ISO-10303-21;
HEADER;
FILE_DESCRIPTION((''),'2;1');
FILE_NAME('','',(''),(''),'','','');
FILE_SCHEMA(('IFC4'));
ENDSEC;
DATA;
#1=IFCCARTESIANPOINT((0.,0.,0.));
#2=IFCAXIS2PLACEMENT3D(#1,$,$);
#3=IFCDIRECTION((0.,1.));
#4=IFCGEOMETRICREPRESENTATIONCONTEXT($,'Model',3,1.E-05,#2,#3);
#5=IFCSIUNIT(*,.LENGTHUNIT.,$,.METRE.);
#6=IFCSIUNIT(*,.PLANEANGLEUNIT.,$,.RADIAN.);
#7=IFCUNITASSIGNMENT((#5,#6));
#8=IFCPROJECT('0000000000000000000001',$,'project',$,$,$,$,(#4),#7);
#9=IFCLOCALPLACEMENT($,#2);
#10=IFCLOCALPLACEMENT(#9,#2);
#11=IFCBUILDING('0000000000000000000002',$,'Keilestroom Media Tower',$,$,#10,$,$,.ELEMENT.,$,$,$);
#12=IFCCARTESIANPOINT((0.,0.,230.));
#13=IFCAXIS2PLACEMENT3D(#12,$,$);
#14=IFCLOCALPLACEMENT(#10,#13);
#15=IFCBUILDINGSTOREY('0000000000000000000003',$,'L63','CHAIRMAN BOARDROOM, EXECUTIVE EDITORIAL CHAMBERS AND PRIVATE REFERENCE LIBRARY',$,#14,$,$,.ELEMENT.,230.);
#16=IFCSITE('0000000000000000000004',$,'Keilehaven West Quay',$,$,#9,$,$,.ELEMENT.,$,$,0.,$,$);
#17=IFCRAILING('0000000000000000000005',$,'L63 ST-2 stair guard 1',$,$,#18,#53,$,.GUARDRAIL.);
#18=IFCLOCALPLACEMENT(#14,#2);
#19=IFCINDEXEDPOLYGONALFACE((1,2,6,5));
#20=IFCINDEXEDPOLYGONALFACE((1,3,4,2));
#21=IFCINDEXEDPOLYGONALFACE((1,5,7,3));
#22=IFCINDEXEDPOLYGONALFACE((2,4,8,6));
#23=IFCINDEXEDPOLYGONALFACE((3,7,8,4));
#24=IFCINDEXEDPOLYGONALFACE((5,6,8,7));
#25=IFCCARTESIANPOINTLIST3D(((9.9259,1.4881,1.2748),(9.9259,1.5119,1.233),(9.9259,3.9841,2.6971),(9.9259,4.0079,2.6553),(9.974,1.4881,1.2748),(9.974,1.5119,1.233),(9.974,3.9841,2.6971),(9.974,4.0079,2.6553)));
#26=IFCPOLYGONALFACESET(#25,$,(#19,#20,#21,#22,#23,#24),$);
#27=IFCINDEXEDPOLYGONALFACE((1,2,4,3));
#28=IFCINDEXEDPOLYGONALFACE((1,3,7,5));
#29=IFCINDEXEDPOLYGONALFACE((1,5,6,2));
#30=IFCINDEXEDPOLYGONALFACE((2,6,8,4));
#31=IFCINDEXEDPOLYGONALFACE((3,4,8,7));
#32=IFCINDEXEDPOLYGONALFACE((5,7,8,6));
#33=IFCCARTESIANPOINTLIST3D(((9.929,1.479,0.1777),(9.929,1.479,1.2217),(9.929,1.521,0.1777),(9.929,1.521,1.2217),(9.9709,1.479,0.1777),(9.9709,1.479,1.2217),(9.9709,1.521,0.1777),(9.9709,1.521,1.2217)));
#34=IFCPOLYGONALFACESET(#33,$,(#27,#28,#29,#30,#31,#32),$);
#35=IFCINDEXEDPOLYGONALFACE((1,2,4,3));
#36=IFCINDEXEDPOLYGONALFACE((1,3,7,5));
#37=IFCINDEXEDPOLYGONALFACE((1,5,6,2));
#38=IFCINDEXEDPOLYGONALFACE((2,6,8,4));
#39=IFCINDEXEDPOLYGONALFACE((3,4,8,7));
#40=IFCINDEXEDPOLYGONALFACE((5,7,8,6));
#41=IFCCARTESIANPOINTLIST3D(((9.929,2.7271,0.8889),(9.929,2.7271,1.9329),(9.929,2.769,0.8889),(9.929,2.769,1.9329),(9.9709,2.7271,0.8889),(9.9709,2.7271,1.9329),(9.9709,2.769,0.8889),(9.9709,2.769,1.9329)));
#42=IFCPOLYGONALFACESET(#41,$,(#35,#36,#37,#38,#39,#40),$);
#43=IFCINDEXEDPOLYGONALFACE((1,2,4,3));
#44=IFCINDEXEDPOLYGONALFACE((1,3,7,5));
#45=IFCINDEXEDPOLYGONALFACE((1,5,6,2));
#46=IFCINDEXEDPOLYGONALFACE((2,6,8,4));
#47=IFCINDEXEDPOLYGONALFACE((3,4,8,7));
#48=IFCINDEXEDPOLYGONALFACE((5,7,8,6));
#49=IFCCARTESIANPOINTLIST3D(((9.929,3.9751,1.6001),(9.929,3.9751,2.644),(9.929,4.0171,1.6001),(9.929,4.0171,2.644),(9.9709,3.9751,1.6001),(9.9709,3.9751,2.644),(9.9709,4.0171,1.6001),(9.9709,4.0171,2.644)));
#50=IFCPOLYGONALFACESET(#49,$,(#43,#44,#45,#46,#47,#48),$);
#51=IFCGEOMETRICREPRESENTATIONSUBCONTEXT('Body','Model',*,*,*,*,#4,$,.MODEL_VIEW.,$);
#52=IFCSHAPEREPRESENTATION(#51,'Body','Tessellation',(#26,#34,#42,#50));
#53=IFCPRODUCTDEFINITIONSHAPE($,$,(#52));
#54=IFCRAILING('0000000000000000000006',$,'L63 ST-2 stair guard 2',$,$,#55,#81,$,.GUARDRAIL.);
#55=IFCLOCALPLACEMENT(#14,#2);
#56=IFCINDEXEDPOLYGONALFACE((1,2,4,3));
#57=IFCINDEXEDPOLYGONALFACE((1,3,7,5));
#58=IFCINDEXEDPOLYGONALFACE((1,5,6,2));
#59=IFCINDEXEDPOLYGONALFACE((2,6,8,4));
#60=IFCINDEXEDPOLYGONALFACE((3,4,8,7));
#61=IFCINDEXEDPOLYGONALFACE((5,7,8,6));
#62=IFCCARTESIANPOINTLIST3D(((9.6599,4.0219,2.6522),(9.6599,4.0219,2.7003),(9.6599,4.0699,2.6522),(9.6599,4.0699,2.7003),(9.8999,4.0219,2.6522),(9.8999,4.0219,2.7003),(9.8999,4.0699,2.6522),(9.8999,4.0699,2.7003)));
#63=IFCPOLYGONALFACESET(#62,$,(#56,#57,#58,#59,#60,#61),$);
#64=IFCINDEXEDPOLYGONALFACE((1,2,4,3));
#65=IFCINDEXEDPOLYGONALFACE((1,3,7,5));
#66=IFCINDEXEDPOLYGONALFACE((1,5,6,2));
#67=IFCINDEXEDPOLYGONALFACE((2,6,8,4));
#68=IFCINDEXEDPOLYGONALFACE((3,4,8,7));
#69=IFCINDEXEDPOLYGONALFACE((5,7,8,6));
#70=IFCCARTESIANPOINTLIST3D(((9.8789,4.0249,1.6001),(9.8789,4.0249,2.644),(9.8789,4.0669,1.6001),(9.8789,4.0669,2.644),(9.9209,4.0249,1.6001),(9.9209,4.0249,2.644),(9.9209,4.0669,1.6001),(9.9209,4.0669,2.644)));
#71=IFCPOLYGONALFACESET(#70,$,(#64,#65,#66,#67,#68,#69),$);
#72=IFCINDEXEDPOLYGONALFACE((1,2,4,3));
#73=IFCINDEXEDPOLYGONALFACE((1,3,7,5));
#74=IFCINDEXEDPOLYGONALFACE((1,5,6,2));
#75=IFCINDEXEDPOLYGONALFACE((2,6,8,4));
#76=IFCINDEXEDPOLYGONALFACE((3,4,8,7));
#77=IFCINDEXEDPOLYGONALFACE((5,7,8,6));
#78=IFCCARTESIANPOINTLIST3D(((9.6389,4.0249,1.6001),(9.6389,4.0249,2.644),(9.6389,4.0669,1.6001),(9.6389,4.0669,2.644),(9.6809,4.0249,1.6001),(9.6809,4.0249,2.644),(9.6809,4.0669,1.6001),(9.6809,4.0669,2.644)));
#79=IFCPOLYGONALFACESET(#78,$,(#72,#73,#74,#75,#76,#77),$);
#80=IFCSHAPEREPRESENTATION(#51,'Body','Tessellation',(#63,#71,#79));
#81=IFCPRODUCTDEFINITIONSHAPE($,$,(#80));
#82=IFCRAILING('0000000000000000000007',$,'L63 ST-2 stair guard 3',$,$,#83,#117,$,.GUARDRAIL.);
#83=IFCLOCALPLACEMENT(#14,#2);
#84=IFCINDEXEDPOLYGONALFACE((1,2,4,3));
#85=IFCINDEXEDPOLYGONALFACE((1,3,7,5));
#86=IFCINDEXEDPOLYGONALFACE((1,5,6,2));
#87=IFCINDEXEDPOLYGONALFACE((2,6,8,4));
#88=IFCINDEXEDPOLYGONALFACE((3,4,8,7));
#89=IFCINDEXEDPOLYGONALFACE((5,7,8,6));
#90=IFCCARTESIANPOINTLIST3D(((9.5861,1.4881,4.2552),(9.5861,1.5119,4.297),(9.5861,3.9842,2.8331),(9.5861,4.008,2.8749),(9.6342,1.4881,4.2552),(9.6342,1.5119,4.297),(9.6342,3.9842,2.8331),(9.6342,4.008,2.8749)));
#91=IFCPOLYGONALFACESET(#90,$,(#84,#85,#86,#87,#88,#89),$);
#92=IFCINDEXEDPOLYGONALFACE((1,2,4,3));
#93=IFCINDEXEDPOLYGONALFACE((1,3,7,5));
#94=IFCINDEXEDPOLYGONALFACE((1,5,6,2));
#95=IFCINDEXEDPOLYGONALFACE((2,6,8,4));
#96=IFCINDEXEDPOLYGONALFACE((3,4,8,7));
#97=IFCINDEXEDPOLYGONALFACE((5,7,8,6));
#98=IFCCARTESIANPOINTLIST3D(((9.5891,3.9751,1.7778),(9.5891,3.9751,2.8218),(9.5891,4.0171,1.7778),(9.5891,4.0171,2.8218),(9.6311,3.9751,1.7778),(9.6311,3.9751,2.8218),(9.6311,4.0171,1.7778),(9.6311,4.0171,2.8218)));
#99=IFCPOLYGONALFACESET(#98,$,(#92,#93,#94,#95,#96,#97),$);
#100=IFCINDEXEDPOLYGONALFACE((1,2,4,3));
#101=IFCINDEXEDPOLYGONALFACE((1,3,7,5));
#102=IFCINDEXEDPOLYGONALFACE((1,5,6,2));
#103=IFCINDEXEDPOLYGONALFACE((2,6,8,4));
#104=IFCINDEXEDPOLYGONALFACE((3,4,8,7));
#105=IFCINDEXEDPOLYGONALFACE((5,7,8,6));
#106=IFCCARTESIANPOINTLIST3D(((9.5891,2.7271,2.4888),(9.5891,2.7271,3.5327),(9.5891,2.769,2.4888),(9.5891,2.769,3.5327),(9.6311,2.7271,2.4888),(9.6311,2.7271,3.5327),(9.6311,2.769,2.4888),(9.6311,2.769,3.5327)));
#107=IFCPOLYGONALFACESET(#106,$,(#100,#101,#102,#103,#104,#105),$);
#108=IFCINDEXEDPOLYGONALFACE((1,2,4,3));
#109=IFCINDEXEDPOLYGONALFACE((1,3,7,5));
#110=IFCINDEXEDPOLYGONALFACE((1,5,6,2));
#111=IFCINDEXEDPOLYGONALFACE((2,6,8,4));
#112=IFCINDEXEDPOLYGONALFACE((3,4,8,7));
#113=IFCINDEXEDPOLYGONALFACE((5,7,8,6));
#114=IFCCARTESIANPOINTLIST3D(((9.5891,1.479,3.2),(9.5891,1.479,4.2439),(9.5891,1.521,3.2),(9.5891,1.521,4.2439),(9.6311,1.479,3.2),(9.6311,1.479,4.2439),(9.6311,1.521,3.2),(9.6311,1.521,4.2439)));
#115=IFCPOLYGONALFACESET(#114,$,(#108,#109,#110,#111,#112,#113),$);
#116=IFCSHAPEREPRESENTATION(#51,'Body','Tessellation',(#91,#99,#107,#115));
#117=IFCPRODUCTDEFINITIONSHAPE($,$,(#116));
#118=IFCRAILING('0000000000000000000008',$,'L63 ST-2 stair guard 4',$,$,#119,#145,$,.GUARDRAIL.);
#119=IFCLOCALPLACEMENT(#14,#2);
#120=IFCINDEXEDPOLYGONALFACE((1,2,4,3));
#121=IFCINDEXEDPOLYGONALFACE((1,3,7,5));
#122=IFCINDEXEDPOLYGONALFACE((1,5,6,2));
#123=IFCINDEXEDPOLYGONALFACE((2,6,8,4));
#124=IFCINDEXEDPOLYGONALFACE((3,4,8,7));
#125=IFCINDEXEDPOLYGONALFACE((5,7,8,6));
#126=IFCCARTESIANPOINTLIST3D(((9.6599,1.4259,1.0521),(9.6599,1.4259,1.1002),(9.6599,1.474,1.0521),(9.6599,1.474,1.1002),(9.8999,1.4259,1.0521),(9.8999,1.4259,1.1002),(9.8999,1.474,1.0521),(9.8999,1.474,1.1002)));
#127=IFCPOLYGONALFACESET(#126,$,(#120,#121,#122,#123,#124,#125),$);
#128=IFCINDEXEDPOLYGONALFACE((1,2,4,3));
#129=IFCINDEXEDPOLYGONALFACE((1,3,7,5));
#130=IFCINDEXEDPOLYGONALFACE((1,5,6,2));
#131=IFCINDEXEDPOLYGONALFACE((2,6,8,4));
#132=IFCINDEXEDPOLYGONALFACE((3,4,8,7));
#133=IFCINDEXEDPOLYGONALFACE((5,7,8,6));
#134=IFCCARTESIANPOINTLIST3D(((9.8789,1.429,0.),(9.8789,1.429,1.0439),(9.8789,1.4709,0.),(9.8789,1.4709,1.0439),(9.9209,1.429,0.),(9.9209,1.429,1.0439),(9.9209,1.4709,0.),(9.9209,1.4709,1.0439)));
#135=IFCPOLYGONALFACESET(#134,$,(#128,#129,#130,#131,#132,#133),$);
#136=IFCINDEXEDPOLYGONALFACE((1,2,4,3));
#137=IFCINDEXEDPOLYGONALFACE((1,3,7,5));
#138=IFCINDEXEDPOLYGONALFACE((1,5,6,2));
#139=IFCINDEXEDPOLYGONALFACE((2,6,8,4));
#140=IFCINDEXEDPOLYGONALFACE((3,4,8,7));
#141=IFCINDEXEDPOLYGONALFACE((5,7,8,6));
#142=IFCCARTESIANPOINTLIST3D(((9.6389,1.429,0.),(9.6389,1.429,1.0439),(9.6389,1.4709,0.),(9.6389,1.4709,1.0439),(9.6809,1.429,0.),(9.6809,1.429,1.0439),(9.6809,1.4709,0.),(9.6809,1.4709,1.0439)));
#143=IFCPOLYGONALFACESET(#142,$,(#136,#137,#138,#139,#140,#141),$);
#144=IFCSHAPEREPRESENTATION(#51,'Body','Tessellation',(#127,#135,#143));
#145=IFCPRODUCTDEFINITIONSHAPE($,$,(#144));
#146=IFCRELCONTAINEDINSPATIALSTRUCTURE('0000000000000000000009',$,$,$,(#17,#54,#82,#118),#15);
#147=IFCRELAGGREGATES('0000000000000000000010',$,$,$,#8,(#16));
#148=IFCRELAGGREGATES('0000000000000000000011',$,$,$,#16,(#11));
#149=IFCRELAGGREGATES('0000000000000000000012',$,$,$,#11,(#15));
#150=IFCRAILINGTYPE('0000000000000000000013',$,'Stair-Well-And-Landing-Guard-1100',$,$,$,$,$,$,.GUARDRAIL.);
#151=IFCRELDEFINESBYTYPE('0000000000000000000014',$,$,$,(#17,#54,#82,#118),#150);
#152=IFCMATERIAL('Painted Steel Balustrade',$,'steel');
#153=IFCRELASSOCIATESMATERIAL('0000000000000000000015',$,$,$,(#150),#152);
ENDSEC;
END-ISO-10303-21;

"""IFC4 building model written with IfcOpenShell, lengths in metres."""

from ifc_helpers import new_model, si_unit, direction, frame, origin, origin_2d, place, context, subcontext, project, spatial, rectangle, extrude, material, type_object, element, save


model = new_model("IFC4")

# Units and contexts
model_context = context("Model", 3, precision=1e-05, world=origin(), true_north=direction((0.0, 1.0)))
body_context = subcontext(model_context, "Body", "Model", "MODEL_VIEW")
ifc_project = project(units=[si_unit("LENGTHUNIT", "METRE"), si_unit("PLANEANGLEUNIT", "RADIAN")], contexts=[model_context])

# Site, building, storey
site_placement = place(None, origin())
site = spatial("IfcSite", under=ifc_project, at=site_placement, Name="Keilehaven West Quay", CompositionType="ELEMENT", RefElevation=0.0)
building_placement = place(site_placement, origin())
building = spatial("IfcBuilding", under=site, at=building_placement, Name="Keilestroom Media Tower", CompositionType="ELEMENT")
storey_placement = place(building_placement, frame((0.0, 0.0, 230.0)))
storey = spatial("IfcBuildingStorey", under=building, at=storey_placement, Name="L63", Description="CHAIRMAN BOARDROOM, EXECUTIVE EDITORIAL CHAMBERS AND PRIVATE REFERENCE LIBRARY", CompositionType="ELEMENT", Elevation=230.0)

# Railings
ifc_material_1 = material(Name="Painted Steel Balustrade", Category="steel")
railing_type_1 = type_object("IfcRailingType", Name="Stair-Well-And-Landing-Guard-1100", PredefinedType="GUARDRAIL", material=ifc_material_1)
railing_1_placement = place(storey_placement, frame((9.95, 1.5, 0.1777)))
element("IfcRailing", 1, at=railing_1_placement, inside=storey, type_object=railing_type_1, Name="L63 ST-2 stair guard 1", PredefinedType="GUARDRAIL", context=body_context, shape_type="SweptSolid", body=[
    extrude(rectangle(XDim=0.0481, YDim=0.0481, at=origin_2d()), frame((0.0, 0.0, 1.0762), z_axis=(0.0, 0.868839, 0.495095), x_axis=(-1.0, 0.0, 0.0)), (0.0, 0.0, 1.0), 2.8728),
    extrude(rectangle(XDim=0.042, YDim=0.042, at=origin_2d()), origin(), (0.0, 0.0, 1.0), 1.0439),
    extrude(rectangle(XDim=0.042, YDim=0.042, at=origin_2d()), frame((0.0, 1.248, 0.7112)), (0.0, 0.0, 1.0), 1.0439),
    extrude(rectangle(XDim=0.042, YDim=0.042, at=origin_2d()), frame((0.0, 2.4961, 1.4224)), (0.0, 0.0, 1.0), 1.0439),
])
railing_2_placement = place(storey_placement, frame((9.8999, 4.0459, 1.6001)))
element("IfcRailing", 2, at=railing_2_placement, inside=storey, type_object=railing_type_1, Name="L63 ST-2 stair guard 2", PredefinedType="GUARDRAIL", context=body_context, shape_type="SweptSolid", body=[
    extrude(rectangle(XDim=0.0481, YDim=0.0481, at=origin_2d()), frame((0.0, 0.0, 1.0762), z_axis=(-1.0, 0.0, 0.0), x_axis=(0.0, -1.0, 0.0)), (0.0, 0.0, 1.0), 0.24),
    extrude(rectangle(XDim=0.042, YDim=0.042, at=origin_2d()), origin(), (0.0, 0.0, 1.0), 1.0439),
    extrude(rectangle(XDim=0.042, YDim=0.042, at=origin_2d()), frame((-0.24, 0.0, 0.0)), (0.0, 0.0, 1.0), 1.0439),
])
railing_3_placement = place(storey_placement, frame((9.6101, 3.9961, 1.7778)))
element("IfcRailing", 3, at=railing_3_placement, inside=storey, type_object=railing_type_1, Name="L63 ST-2 stair guard 3", PredefinedType="GUARDRAIL", context=body_context, shape_type="SweptSolid", body=[
    extrude(rectangle(XDim=0.0481, YDim=0.0481, at=origin_2d()), frame((0.0, 0.0, 1.0762), z_axis=(0.0, -0.868875, 0.495031), x_axis=(1.0, 0.0, 0.0)), (0.0, 0.0, 1.0), 2.8728),
    extrude(rectangle(XDim=0.042, YDim=0.042, at=origin_2d()), origin(), (0.0, 0.0, 1.0), 1.0439),
    extrude(rectangle(XDim=0.042, YDim=0.042, at=origin_2d()), frame((0.0, -1.248, 0.7109)), (0.0, 0.0, 1.0), 1.0439),
    extrude(rectangle(XDim=0.042, YDim=0.042, at=origin_2d()), frame((0.0, -2.4961, 1.4221)), (0.0, 0.0, 1.0), 1.0439),
])
railing_4_placement = place(storey_placement, frame((9.8999, 1.45, 0.0)))
element("IfcRailing", 4, at=railing_4_placement, inside=storey, type_object=railing_type_1, Name="L63 ST-2 stair guard 4", PredefinedType="GUARDRAIL", context=body_context, shape_type="SweptSolid", body=[
    extrude(rectangle(XDim=0.0481, YDim=0.0481, at=origin_2d()), frame((0.0, 0.0, 1.0762), z_axis=(-1.0, 0.0, 0.0), x_axis=(0.0, -1.0, 0.0)), (0.0, 0.0, 1.0), 0.24),
    extrude(rectangle(XDim=0.042, YDim=0.042, at=origin_2d()), origin(), (0.0, 0.0, 1.0), 1.0439),
    extrude(rectangle(XDim=0.042, YDim=0.042, at=origin_2d()), frame((-0.24, 0.0, 0.0)), (0.0, 0.0, 1.0), 1.0439),
])

save(model, "model.ifc")
